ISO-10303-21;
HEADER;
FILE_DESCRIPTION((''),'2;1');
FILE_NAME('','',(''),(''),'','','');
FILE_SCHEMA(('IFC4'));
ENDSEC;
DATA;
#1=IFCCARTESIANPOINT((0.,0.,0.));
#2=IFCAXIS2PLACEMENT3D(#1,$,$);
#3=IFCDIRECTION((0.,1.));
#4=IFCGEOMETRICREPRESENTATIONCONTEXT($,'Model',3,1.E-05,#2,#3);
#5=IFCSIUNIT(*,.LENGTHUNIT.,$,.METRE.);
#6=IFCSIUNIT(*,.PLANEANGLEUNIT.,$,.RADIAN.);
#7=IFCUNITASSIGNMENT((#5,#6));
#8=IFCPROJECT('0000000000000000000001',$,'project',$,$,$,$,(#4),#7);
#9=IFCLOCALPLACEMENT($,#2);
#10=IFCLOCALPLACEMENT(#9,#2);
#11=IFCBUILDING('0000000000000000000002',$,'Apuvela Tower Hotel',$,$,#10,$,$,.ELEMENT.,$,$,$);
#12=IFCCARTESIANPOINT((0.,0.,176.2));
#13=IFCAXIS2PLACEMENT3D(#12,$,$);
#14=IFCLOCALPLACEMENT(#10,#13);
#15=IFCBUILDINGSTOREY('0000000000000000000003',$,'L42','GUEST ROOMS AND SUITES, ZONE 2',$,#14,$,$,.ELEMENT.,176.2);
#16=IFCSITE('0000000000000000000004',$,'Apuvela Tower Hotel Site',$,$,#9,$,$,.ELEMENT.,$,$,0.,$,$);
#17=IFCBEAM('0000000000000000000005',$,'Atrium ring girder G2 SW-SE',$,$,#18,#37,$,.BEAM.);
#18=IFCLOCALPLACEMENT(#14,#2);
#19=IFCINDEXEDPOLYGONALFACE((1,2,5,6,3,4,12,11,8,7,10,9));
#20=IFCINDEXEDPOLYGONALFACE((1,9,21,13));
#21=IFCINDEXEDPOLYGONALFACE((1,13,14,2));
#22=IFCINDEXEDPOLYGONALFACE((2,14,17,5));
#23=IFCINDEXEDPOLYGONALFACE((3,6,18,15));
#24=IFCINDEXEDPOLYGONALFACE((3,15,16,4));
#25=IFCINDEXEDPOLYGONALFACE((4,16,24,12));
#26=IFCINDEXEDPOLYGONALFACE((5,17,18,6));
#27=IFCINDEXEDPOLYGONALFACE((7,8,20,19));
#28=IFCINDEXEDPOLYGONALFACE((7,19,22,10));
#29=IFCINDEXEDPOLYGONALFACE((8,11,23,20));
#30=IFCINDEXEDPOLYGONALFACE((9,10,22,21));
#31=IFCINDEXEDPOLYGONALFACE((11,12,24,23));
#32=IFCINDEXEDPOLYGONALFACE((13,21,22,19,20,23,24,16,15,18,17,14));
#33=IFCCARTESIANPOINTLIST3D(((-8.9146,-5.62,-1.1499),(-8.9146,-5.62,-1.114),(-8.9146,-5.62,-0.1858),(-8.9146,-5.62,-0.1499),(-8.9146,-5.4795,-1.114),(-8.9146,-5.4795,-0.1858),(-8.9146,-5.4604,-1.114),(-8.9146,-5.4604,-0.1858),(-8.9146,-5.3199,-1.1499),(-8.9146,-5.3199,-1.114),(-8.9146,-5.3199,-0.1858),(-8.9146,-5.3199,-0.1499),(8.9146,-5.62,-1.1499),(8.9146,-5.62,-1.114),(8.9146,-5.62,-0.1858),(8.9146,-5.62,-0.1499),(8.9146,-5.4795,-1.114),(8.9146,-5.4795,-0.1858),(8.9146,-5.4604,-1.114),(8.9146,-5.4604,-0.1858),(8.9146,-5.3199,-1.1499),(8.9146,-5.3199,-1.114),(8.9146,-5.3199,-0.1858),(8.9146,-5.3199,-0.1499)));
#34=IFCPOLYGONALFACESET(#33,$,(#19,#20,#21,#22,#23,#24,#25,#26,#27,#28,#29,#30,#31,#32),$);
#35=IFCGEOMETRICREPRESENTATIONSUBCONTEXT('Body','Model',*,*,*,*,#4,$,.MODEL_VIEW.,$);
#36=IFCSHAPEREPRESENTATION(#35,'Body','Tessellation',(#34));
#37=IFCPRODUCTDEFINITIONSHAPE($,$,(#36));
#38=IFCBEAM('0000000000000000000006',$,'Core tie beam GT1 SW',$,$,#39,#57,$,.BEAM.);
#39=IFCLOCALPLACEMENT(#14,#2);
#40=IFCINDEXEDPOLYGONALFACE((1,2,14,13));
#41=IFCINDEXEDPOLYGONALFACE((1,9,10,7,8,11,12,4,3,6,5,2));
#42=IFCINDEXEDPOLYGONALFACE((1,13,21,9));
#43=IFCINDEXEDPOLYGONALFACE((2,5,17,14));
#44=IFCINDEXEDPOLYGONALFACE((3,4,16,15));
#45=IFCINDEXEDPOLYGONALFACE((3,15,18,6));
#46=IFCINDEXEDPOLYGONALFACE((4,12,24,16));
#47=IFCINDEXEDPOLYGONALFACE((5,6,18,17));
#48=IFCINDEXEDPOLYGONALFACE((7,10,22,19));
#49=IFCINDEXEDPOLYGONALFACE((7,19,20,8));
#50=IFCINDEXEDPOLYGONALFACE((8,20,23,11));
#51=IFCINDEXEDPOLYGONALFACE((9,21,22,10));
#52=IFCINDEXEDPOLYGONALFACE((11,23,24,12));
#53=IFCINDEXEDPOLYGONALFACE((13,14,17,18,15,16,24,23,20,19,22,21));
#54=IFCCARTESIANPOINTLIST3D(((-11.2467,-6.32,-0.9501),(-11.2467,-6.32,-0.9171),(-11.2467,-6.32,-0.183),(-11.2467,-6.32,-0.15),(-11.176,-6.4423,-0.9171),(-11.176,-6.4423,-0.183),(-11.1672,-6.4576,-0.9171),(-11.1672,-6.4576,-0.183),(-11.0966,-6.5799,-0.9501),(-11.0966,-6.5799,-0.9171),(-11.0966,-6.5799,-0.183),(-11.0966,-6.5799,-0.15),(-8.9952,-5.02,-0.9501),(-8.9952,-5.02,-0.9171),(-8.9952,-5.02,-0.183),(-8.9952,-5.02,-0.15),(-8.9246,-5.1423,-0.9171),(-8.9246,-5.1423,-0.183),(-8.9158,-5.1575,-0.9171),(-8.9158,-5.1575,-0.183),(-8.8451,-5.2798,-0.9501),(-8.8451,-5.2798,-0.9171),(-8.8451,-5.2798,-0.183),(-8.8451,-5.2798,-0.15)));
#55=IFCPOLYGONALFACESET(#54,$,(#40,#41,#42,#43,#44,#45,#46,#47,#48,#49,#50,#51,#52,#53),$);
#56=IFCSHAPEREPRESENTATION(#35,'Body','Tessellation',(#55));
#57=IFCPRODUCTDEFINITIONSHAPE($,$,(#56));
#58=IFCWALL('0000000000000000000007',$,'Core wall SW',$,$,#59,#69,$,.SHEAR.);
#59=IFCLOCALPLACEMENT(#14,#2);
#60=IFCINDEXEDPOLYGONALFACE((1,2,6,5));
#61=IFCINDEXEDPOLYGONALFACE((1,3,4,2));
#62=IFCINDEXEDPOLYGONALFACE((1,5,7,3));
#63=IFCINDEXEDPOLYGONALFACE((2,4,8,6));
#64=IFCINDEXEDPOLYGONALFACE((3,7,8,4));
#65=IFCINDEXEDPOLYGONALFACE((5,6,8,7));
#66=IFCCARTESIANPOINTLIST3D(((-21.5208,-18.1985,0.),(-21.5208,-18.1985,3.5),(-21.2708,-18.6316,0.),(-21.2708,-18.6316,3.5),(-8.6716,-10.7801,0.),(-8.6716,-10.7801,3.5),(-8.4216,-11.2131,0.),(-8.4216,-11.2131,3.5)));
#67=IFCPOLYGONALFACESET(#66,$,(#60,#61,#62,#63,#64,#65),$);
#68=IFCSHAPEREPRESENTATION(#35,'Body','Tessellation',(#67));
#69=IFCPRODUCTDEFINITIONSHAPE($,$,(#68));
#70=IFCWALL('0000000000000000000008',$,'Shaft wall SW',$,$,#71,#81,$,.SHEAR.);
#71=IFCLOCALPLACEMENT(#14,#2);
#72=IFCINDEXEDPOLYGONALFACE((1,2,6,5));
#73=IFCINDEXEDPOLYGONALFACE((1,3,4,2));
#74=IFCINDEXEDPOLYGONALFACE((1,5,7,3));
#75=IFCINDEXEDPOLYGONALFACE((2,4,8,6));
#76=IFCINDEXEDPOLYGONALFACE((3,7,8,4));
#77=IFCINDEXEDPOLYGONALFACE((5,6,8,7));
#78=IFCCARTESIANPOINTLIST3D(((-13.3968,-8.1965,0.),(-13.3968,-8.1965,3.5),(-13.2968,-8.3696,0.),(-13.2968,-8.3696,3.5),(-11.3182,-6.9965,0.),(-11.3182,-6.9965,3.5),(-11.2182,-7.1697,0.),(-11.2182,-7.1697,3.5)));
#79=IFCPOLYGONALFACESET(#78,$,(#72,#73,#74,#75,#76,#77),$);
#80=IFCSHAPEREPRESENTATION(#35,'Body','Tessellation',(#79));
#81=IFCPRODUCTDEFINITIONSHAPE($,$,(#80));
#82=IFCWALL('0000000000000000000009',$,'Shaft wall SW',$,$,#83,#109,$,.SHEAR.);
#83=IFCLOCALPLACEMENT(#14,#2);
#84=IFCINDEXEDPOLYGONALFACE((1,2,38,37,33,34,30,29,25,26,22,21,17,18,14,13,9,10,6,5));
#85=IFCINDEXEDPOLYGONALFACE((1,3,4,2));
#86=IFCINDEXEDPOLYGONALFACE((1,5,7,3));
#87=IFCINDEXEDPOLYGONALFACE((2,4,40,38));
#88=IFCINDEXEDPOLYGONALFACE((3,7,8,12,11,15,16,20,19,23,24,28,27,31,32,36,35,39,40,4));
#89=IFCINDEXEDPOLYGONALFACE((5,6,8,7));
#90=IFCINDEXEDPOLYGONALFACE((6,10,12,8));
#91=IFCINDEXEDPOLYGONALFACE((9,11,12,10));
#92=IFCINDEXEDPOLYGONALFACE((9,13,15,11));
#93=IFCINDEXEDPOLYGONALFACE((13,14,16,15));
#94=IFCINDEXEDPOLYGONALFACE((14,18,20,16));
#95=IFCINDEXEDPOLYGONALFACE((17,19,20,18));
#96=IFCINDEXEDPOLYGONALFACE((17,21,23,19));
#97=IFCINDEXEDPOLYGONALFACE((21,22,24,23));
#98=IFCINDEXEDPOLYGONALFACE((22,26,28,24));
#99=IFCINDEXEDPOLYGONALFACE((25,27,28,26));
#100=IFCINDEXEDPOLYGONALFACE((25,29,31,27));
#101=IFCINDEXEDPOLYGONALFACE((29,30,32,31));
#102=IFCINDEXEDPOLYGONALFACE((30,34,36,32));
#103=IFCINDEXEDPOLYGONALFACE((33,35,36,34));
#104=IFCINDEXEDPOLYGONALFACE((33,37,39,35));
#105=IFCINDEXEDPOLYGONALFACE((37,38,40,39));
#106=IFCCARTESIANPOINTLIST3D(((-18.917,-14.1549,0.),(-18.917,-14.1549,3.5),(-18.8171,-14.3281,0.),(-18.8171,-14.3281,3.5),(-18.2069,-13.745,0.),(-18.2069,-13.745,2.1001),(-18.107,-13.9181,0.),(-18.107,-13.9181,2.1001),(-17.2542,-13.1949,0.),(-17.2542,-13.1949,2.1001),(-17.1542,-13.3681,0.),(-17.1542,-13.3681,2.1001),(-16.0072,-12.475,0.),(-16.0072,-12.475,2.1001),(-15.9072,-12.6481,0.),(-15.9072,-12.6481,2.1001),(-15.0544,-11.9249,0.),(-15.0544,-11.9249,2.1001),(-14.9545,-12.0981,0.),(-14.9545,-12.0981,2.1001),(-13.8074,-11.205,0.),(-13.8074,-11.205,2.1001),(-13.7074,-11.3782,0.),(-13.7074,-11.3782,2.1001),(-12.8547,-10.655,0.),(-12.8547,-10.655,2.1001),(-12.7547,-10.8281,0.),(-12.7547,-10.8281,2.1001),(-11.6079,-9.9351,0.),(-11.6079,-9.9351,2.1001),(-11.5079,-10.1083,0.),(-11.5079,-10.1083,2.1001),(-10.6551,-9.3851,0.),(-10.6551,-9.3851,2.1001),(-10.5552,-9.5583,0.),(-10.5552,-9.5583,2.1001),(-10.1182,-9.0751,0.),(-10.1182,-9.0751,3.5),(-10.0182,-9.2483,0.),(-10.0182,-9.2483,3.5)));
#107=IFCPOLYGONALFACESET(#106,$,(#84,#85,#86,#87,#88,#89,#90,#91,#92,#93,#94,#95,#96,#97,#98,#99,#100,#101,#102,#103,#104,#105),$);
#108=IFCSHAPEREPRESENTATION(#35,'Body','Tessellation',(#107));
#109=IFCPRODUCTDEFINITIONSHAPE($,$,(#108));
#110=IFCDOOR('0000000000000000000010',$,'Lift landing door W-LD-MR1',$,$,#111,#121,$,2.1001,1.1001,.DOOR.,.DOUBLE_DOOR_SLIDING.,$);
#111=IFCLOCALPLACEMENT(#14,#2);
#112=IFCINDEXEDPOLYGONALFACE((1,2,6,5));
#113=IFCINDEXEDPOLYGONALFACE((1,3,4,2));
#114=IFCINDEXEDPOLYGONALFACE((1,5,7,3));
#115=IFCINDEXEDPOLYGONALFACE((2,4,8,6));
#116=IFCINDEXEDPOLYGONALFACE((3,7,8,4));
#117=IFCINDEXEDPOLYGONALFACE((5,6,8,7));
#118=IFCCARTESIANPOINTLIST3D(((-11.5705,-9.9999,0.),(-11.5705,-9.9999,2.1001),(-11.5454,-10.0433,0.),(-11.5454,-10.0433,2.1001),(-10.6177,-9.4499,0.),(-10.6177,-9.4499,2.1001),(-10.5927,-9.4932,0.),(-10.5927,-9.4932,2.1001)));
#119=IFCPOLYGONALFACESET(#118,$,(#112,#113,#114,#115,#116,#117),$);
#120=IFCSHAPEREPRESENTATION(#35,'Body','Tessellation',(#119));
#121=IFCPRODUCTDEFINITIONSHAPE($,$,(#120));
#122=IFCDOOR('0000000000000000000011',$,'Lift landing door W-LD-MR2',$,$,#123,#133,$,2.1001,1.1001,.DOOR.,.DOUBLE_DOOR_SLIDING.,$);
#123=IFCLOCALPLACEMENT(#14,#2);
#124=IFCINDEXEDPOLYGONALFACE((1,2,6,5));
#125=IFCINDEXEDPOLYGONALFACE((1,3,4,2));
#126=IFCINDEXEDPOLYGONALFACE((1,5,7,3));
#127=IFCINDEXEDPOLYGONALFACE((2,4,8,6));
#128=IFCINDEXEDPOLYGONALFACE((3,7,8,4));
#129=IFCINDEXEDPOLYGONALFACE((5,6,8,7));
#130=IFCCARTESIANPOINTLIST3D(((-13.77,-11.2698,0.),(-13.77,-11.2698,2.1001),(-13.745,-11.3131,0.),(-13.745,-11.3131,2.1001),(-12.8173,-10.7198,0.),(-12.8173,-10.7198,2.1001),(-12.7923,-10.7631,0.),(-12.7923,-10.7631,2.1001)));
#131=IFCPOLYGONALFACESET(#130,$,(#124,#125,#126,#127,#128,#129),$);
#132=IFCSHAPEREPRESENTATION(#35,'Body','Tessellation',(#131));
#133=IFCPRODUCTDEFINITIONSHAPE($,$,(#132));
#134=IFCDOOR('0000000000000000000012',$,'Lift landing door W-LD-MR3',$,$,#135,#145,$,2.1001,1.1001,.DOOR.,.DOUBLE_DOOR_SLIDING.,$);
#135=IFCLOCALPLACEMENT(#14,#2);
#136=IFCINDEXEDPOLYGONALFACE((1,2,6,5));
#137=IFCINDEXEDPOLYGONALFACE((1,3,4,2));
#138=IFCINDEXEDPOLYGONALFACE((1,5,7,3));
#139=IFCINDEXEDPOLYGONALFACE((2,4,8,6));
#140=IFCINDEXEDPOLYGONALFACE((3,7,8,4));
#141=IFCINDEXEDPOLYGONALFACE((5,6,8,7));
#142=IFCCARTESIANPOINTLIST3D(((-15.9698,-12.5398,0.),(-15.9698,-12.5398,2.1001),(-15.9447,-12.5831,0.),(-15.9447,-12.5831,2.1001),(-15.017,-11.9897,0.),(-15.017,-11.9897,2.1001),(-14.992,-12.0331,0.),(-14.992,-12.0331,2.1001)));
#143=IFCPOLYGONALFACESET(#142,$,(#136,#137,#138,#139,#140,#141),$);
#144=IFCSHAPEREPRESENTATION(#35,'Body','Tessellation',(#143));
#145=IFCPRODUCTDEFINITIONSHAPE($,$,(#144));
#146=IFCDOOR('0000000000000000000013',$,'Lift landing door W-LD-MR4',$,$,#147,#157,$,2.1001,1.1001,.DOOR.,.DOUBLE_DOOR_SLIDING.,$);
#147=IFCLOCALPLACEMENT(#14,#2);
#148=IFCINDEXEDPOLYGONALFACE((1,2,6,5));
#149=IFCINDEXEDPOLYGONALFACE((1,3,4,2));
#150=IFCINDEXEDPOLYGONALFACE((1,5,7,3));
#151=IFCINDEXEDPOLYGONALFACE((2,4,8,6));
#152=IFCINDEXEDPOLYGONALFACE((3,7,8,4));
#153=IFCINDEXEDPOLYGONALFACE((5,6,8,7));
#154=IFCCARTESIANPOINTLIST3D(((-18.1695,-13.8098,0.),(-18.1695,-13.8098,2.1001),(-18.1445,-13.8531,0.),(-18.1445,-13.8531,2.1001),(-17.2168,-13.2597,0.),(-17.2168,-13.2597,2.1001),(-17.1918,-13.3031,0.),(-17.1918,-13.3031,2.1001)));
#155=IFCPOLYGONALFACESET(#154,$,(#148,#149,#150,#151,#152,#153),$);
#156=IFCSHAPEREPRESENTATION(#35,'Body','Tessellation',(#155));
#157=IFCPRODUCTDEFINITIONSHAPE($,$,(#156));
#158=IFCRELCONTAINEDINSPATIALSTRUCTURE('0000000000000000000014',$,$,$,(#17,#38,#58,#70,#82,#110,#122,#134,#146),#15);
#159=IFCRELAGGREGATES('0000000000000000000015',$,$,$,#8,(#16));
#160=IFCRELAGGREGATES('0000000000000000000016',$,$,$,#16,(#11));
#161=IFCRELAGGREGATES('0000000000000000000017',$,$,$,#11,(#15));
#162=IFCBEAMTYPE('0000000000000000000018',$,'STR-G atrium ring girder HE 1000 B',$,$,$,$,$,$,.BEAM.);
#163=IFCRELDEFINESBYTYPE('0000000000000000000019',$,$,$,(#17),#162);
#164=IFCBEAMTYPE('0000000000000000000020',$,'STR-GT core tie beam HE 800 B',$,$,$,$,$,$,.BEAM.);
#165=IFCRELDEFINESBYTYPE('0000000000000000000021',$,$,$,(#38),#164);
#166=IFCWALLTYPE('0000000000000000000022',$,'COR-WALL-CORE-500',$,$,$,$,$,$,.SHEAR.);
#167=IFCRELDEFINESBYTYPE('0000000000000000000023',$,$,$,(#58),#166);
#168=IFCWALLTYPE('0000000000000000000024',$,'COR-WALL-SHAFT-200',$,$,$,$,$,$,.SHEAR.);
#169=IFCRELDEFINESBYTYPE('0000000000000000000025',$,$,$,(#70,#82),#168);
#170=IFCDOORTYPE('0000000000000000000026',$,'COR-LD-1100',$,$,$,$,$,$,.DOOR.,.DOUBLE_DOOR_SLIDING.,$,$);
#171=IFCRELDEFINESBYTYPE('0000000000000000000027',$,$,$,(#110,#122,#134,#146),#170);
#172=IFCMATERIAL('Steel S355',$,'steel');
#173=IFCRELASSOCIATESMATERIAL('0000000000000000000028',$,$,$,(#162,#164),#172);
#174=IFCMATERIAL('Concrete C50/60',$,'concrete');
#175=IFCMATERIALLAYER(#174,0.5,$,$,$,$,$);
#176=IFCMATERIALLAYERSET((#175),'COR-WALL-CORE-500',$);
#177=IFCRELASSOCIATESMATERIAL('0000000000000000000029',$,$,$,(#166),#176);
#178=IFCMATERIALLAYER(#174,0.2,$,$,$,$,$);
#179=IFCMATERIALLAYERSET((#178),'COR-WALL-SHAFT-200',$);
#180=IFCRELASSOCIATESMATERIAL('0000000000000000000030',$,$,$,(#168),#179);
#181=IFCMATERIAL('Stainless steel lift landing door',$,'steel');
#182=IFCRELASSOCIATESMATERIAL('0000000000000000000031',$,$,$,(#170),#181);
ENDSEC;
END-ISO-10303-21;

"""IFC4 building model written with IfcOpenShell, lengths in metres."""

from ifc_helpers import new_model, si_unit, direction, frame, frame_2d, origin, origin_2d, place, context, subcontext, project, spatial, rectangle, i_section, extrude, material, layer, layer_set, material_profile, profile_set, type_object, element, fill, save


model = new_model("IFC4")

# Units and contexts
model_context = context("Model", 3, precision=1e-05, world=origin(), true_north=direction((0.0, 1.0)))
body_context = subcontext(model_context, "Body", "Model", "MODEL_VIEW")
ifc_project = project(units=[si_unit("LENGTHUNIT", "METRE"), si_unit("PLANEANGLEUNIT", "RADIAN")], contexts=[model_context])

# Site, building, storey
site_placement = place(None, origin())
site = spatial("IfcSite", under=ifc_project, at=site_placement, Name="Apuvela Tower Hotel Site", CompositionType="ELEMENT", RefElevation=0.0)
building_placement = place(site_placement, origin())
building = spatial("IfcBuilding", under=site, at=building_placement, Name="Apuvela Tower Hotel", CompositionType="ELEMENT")
storey_placement = place(building_placement, frame((0.0, 0.0, 176.2)))
storey = spatial("IfcBuildingStorey", under=building, at=storey_placement, Name="L42", Description="GUEST ROOMS AND SUITES, ZONE 2", CompositionType="ELEMENT", Elevation=176.2)

# Beams
ifc_material_1 = material(Name="Steel S355", Category="steel")
ifc_material_profile_1 = material_profile(ifc_material_1, i_section(OverallWidth=0.3, OverallDepth=1.0, WebThickness=0.019, FlangeThickness=0.0359, at=origin_2d()), Name="HE 1000 B")
ifc_profile_set_1 = profile_set([ifc_material_profile_1], Name="Steel S355")
beam_type_1 = type_object("IfcBeamType", Name="STR-G atrium ring girder HE 1000 B", PredefinedType="BEAM", material=ifc_profile_set_1)
beam_1_placement = place(storey_placement, frame((-8.9146, -5.47, -0.6499), z_axis=(1.0, 0.0, 0.0), x_axis=(0.0, 1.0, 0.0)))
element("IfcBeam", 1, at=beam_1_placement, inside=storey, type_object=beam_type_1, Name="Atrium ring girder G2 SW-SE", PredefinedType="BEAM", context=body_context, shape_type="SweptSolid", body=[
    extrude(i_section(OverallWidth=0.3, OverallDepth=1.0, WebThickness=0.019, FlangeThickness=0.0359, at=origin_2d()), origin(), (0.0, 0.0, 1.0), 17.8291),
])
ifc_material_profile_2 = material_profile(ifc_material_1, i_section(OverallWidth=0.3, OverallDepth=0.8, WebThickness=0.0176, FlangeThickness=0.033, at=origin_2d()), Name="HE 800 B")
ifc_profile_set_2 = profile_set([ifc_material_profile_2], Name="Steel S355")
beam_type_2 = type_object("IfcBeamType", Name="STR-GT core tie beam HE 800 B", PredefinedType="BEAM", material=ifc_profile_set_2)
beam_2_placement = place(storey_placement, frame((-11.1716, -6.45, -0.55), z_axis=(0.865998, 0.500048, 0.0), x_axis=(-0.500048, 0.865998, 0.0)))
element("IfcBeam", 2, at=beam_2_placement, inside=storey, type_object=beam_type_2, Name="Core tie beam GT1 SW", PredefinedType="BEAM", context=body_context, shape_type="SweptSolid", body=[
    extrude(i_section(OverallWidth=0.3, OverallDepth=0.8, WebThickness=0.0176, FlangeThickness=0.033, at=origin_2d()), origin(), (0.0, 0.0, 1.0), 2.5999),
])

# Walls
ifc_material_2 = material(Name="Concrete C50/60", Category="concrete")
ifc_layer_1 = layer(ifc_material_2, 0.5)
ifc_layer_set_1 = layer_set([ifc_layer_1], Name="COR-WALL-CORE-500")
wall_type_1 = type_object("IfcWallType", Name="COR-WALL-CORE-500", PredefinedType="SHEAR", material=ifc_layer_set_1)
wall_1_placement = place(storey_placement, frame((-8.5466, -10.9966, 0.0), z_axis=(0.0, 0.0, 1.0), x_axis=(-0.866025, -0.500001, 0.0)))
element("IfcWall", 3, at=wall_1_placement, inside=storey, type_object=wall_type_1, Name="Core wall SW", PredefinedType="SHEAR", context=body_context, shape_type="SweptSolid", body=[
    extrude(rectangle(XDim=14.8369, YDim=0.5, at=frame_2d((7.4185, 0.0))), origin(), (0.0, 0.0, 1.0), 3.5),
])
ifc_layer_2 = layer(ifc_material_2, 0.2)
ifc_layer_set_2 = layer_set([ifc_layer_2], Name="COR-WALL-SHAFT-200")
wall_type_2 = type_object("IfcWallType", Name="COR-WALL-SHAFT-200", PredefinedType="SHEAR", material=ifc_layer_set_2)
wall_2_placement = place(storey_placement, frame((-11.2681, -7.083, 0.0), z_axis=(0.0, 0.0, 1.0), x_axis=(-0.86605, -0.499957, 0.0)))
element("IfcWall", 4, at=wall_2_placement, inside=storey, type_object=wall_type_2, Name="Shaft wall SW", PredefinedType="SHEAR", context=body_context, shape_type="SweptSolid", body=[
    extrude(rectangle(XDim=2.4001, YDim=0.2, at=frame_2d((1.2002, 0.0))), origin(), (0.0, 0.0, 1.0), 3.5),
])

# Wall, openings, doors
wall_3_placement = place(storey_placement, frame((-10.0681, -9.1616, 0.0), z_axis=(0.0, 0.0, 1.0), x_axis=(-0.866033, -0.499987, 0.0)))
wall_3 = element("IfcWall", 5, at=wall_3_placement, inside=storey, type_object=wall_type_2, Name="Shaft wall SW", PredefinedType="SHEAR", context=body_context, shape_type="SweptSolid", body=[
    extrude(rectangle(XDim=10.1599, YDim=0.2, at=frame_2d((5.0801, 0.0))), origin(), (0.0, 0.0, 1.0), 3.5),
])
opening_1_placement = place(wall_3_placement, frame((0.6201, 0.0, 0.0)))
opening_1 = element("IfcOpeningElement", 6, at=opening_1_placement, cuts=wall_3, PredefinedType="OPENING", context=body_context, shape_type="SweptSolid", body=[
    extrude(rectangle(XDim=1.1001, YDim=2.1001, at=frame_2d((0.55, 1.05))), frame((0.0, 0.1099, 0.0), z_axis=(0.0, -1.0, 0.0), x_axis=(1.0, 0.0, 0.0)), (0.0, 0.0, 1.0), 0.22),
])
opening_2_placement = place(wall_3_placement, frame((3.1599, 0.0, 0.0)))
opening_2 = element("IfcOpeningElement", 7, at=opening_2_placement, cuts=wall_3, PredefinedType="OPENING", context=body_context, shape_type="SweptSolid", body=[
    extrude(rectangle(XDim=1.1001, YDim=2.1001, at=frame_2d((0.55, 1.05))), frame((0.0, 0.1099, 0.0), z_axis=(0.0, -1.0, 0.0), x_axis=(1.0, 0.0, 0.0)), (0.0, 0.0, 1.0), 0.22),
])
opening_3_placement = place(wall_3_placement, frame((5.7, 0.0, 0.0)))
opening_3 = element("IfcOpeningElement", 8, at=opening_3_placement, cuts=wall_3, PredefinedType="OPENING", context=body_context, shape_type="SweptSolid", body=[
    extrude(rectangle(XDim=1.1001, YDim=2.1001, at=frame_2d((0.55, 1.05))), frame((0.0, 0.1099, 0.0), z_axis=(0.0, -1.0, 0.0), x_axis=(1.0, 0.0, 0.0)), (0.0, 0.0, 1.0), 0.22),
])
opening_4_placement = place(wall_3_placement, frame((8.24, 0.0, 0.0)))
opening_4 = element("IfcOpeningElement", 9, at=opening_4_placement, cuts=wall_3, PredefinedType="OPENING", context=body_context, shape_type="SweptSolid", body=[
    extrude(rectangle(XDim=1.1001, YDim=2.1001, at=frame_2d((0.55, 1.05))), frame((0.0, 0.1099, 0.0), z_axis=(0.0, -1.0, 0.0), x_axis=(1.0, 0.0, 0.0)), (0.0, 0.0, 1.0), 0.22),
])
ifc_material_3 = material(Name="Stainless steel lift landing door", Category="steel")
door_type_1 = type_object("IfcDoorType", Name="COR-LD-1100", OperationType="DOUBLE_DOOR_SLIDING", PredefinedType="DOOR", material=ifc_material_3)
door_1_placement = place(opening_1_placement, origin())
door_1 = element("IfcDoor", 10, at=door_1_placement, inside=storey, type_object=door_type_1, Name="Lift landing door W-LD-MR1", OperationType="DOUBLE_DOOR_SLIDING", OverallHeight=2.1001, OverallWidth=1.1001, PredefinedType="DOOR", context=body_context, shape_type="SweptSolid", body=[
    extrude(rectangle(XDim=1.1001, YDim=2.1001, at=frame_2d((0.55, 1.05))), frame((0.0, 0.0249, 0.0), z_axis=(0.0, -1.0, 0.0), x_axis=(1.0, 0.0, 0.0)), (0.0, 0.0, 1.0), 0.05),
])
fill(opening_1, door_1)
door_2_placement = place(opening_2_placement, origin())
door_2 = element("IfcDoor", 11, at=door_2_placement, inside=storey, type_object=door_type_1, Name="Lift landing door W-LD-MR2", OperationType="DOUBLE_DOOR_SLIDING", OverallHeight=2.1001, OverallWidth=1.1001, PredefinedType="DOOR", context=body_context, shape_type="SweptSolid", body=[
    extrude(rectangle(XDim=1.1001, YDim=2.1001, at=frame_2d((0.55, 1.05))), frame((0.0, 0.0249, 0.0), z_axis=(0.0, -1.0, 0.0), x_axis=(1.0, 0.0, 0.0)), (0.0, 0.0, 1.0), 0.05),
])
fill(opening_2, door_2)
door_3_placement = place(opening_3_placement, origin())
door_3 = element("IfcDoor", 12, at=door_3_placement, inside=storey, type_object=door_type_1, Name="Lift landing door W-LD-MR3", OperationType="DOUBLE_DOOR_SLIDING", OverallHeight=2.1001, OverallWidth=1.1001, PredefinedType="DOOR", context=body_context, shape_type="SweptSolid", body=[
    extrude(rectangle(XDim=1.1001, YDim=2.1001, at=frame_2d((0.55, 1.05))), frame((0.0, 0.0249, 0.0), z_axis=(0.0, -1.0, 0.0), x_axis=(1.0, 0.0, 0.0)), (0.0, 0.0, 1.0), 0.05),
])
fill(opening_3, door_3)
door_4_placement = place(opening_4_placement, origin())
door_4 = element("IfcDoor", 13, at=door_4_placement, inside=storey, type_object=door_type_1, Name="Lift landing door W-LD-MR4", OperationType="DOUBLE_DOOR_SLIDING", OverallHeight=2.1001, OverallWidth=1.1001, PredefinedType="DOOR", context=body_context, shape_type="SweptSolid", body=[
    extrude(rectangle(XDim=1.1001, YDim=2.1001, at=frame_2d((0.55, 1.05))), frame((0.0, 0.0249, 0.0), z_axis=(0.0, -1.0, 0.0), x_axis=(1.0, 0.0, 0.0)), (0.0, 0.0, 1.0), 0.05),
])
fill(opening_4, door_4)

save(model, "model.ifc")
